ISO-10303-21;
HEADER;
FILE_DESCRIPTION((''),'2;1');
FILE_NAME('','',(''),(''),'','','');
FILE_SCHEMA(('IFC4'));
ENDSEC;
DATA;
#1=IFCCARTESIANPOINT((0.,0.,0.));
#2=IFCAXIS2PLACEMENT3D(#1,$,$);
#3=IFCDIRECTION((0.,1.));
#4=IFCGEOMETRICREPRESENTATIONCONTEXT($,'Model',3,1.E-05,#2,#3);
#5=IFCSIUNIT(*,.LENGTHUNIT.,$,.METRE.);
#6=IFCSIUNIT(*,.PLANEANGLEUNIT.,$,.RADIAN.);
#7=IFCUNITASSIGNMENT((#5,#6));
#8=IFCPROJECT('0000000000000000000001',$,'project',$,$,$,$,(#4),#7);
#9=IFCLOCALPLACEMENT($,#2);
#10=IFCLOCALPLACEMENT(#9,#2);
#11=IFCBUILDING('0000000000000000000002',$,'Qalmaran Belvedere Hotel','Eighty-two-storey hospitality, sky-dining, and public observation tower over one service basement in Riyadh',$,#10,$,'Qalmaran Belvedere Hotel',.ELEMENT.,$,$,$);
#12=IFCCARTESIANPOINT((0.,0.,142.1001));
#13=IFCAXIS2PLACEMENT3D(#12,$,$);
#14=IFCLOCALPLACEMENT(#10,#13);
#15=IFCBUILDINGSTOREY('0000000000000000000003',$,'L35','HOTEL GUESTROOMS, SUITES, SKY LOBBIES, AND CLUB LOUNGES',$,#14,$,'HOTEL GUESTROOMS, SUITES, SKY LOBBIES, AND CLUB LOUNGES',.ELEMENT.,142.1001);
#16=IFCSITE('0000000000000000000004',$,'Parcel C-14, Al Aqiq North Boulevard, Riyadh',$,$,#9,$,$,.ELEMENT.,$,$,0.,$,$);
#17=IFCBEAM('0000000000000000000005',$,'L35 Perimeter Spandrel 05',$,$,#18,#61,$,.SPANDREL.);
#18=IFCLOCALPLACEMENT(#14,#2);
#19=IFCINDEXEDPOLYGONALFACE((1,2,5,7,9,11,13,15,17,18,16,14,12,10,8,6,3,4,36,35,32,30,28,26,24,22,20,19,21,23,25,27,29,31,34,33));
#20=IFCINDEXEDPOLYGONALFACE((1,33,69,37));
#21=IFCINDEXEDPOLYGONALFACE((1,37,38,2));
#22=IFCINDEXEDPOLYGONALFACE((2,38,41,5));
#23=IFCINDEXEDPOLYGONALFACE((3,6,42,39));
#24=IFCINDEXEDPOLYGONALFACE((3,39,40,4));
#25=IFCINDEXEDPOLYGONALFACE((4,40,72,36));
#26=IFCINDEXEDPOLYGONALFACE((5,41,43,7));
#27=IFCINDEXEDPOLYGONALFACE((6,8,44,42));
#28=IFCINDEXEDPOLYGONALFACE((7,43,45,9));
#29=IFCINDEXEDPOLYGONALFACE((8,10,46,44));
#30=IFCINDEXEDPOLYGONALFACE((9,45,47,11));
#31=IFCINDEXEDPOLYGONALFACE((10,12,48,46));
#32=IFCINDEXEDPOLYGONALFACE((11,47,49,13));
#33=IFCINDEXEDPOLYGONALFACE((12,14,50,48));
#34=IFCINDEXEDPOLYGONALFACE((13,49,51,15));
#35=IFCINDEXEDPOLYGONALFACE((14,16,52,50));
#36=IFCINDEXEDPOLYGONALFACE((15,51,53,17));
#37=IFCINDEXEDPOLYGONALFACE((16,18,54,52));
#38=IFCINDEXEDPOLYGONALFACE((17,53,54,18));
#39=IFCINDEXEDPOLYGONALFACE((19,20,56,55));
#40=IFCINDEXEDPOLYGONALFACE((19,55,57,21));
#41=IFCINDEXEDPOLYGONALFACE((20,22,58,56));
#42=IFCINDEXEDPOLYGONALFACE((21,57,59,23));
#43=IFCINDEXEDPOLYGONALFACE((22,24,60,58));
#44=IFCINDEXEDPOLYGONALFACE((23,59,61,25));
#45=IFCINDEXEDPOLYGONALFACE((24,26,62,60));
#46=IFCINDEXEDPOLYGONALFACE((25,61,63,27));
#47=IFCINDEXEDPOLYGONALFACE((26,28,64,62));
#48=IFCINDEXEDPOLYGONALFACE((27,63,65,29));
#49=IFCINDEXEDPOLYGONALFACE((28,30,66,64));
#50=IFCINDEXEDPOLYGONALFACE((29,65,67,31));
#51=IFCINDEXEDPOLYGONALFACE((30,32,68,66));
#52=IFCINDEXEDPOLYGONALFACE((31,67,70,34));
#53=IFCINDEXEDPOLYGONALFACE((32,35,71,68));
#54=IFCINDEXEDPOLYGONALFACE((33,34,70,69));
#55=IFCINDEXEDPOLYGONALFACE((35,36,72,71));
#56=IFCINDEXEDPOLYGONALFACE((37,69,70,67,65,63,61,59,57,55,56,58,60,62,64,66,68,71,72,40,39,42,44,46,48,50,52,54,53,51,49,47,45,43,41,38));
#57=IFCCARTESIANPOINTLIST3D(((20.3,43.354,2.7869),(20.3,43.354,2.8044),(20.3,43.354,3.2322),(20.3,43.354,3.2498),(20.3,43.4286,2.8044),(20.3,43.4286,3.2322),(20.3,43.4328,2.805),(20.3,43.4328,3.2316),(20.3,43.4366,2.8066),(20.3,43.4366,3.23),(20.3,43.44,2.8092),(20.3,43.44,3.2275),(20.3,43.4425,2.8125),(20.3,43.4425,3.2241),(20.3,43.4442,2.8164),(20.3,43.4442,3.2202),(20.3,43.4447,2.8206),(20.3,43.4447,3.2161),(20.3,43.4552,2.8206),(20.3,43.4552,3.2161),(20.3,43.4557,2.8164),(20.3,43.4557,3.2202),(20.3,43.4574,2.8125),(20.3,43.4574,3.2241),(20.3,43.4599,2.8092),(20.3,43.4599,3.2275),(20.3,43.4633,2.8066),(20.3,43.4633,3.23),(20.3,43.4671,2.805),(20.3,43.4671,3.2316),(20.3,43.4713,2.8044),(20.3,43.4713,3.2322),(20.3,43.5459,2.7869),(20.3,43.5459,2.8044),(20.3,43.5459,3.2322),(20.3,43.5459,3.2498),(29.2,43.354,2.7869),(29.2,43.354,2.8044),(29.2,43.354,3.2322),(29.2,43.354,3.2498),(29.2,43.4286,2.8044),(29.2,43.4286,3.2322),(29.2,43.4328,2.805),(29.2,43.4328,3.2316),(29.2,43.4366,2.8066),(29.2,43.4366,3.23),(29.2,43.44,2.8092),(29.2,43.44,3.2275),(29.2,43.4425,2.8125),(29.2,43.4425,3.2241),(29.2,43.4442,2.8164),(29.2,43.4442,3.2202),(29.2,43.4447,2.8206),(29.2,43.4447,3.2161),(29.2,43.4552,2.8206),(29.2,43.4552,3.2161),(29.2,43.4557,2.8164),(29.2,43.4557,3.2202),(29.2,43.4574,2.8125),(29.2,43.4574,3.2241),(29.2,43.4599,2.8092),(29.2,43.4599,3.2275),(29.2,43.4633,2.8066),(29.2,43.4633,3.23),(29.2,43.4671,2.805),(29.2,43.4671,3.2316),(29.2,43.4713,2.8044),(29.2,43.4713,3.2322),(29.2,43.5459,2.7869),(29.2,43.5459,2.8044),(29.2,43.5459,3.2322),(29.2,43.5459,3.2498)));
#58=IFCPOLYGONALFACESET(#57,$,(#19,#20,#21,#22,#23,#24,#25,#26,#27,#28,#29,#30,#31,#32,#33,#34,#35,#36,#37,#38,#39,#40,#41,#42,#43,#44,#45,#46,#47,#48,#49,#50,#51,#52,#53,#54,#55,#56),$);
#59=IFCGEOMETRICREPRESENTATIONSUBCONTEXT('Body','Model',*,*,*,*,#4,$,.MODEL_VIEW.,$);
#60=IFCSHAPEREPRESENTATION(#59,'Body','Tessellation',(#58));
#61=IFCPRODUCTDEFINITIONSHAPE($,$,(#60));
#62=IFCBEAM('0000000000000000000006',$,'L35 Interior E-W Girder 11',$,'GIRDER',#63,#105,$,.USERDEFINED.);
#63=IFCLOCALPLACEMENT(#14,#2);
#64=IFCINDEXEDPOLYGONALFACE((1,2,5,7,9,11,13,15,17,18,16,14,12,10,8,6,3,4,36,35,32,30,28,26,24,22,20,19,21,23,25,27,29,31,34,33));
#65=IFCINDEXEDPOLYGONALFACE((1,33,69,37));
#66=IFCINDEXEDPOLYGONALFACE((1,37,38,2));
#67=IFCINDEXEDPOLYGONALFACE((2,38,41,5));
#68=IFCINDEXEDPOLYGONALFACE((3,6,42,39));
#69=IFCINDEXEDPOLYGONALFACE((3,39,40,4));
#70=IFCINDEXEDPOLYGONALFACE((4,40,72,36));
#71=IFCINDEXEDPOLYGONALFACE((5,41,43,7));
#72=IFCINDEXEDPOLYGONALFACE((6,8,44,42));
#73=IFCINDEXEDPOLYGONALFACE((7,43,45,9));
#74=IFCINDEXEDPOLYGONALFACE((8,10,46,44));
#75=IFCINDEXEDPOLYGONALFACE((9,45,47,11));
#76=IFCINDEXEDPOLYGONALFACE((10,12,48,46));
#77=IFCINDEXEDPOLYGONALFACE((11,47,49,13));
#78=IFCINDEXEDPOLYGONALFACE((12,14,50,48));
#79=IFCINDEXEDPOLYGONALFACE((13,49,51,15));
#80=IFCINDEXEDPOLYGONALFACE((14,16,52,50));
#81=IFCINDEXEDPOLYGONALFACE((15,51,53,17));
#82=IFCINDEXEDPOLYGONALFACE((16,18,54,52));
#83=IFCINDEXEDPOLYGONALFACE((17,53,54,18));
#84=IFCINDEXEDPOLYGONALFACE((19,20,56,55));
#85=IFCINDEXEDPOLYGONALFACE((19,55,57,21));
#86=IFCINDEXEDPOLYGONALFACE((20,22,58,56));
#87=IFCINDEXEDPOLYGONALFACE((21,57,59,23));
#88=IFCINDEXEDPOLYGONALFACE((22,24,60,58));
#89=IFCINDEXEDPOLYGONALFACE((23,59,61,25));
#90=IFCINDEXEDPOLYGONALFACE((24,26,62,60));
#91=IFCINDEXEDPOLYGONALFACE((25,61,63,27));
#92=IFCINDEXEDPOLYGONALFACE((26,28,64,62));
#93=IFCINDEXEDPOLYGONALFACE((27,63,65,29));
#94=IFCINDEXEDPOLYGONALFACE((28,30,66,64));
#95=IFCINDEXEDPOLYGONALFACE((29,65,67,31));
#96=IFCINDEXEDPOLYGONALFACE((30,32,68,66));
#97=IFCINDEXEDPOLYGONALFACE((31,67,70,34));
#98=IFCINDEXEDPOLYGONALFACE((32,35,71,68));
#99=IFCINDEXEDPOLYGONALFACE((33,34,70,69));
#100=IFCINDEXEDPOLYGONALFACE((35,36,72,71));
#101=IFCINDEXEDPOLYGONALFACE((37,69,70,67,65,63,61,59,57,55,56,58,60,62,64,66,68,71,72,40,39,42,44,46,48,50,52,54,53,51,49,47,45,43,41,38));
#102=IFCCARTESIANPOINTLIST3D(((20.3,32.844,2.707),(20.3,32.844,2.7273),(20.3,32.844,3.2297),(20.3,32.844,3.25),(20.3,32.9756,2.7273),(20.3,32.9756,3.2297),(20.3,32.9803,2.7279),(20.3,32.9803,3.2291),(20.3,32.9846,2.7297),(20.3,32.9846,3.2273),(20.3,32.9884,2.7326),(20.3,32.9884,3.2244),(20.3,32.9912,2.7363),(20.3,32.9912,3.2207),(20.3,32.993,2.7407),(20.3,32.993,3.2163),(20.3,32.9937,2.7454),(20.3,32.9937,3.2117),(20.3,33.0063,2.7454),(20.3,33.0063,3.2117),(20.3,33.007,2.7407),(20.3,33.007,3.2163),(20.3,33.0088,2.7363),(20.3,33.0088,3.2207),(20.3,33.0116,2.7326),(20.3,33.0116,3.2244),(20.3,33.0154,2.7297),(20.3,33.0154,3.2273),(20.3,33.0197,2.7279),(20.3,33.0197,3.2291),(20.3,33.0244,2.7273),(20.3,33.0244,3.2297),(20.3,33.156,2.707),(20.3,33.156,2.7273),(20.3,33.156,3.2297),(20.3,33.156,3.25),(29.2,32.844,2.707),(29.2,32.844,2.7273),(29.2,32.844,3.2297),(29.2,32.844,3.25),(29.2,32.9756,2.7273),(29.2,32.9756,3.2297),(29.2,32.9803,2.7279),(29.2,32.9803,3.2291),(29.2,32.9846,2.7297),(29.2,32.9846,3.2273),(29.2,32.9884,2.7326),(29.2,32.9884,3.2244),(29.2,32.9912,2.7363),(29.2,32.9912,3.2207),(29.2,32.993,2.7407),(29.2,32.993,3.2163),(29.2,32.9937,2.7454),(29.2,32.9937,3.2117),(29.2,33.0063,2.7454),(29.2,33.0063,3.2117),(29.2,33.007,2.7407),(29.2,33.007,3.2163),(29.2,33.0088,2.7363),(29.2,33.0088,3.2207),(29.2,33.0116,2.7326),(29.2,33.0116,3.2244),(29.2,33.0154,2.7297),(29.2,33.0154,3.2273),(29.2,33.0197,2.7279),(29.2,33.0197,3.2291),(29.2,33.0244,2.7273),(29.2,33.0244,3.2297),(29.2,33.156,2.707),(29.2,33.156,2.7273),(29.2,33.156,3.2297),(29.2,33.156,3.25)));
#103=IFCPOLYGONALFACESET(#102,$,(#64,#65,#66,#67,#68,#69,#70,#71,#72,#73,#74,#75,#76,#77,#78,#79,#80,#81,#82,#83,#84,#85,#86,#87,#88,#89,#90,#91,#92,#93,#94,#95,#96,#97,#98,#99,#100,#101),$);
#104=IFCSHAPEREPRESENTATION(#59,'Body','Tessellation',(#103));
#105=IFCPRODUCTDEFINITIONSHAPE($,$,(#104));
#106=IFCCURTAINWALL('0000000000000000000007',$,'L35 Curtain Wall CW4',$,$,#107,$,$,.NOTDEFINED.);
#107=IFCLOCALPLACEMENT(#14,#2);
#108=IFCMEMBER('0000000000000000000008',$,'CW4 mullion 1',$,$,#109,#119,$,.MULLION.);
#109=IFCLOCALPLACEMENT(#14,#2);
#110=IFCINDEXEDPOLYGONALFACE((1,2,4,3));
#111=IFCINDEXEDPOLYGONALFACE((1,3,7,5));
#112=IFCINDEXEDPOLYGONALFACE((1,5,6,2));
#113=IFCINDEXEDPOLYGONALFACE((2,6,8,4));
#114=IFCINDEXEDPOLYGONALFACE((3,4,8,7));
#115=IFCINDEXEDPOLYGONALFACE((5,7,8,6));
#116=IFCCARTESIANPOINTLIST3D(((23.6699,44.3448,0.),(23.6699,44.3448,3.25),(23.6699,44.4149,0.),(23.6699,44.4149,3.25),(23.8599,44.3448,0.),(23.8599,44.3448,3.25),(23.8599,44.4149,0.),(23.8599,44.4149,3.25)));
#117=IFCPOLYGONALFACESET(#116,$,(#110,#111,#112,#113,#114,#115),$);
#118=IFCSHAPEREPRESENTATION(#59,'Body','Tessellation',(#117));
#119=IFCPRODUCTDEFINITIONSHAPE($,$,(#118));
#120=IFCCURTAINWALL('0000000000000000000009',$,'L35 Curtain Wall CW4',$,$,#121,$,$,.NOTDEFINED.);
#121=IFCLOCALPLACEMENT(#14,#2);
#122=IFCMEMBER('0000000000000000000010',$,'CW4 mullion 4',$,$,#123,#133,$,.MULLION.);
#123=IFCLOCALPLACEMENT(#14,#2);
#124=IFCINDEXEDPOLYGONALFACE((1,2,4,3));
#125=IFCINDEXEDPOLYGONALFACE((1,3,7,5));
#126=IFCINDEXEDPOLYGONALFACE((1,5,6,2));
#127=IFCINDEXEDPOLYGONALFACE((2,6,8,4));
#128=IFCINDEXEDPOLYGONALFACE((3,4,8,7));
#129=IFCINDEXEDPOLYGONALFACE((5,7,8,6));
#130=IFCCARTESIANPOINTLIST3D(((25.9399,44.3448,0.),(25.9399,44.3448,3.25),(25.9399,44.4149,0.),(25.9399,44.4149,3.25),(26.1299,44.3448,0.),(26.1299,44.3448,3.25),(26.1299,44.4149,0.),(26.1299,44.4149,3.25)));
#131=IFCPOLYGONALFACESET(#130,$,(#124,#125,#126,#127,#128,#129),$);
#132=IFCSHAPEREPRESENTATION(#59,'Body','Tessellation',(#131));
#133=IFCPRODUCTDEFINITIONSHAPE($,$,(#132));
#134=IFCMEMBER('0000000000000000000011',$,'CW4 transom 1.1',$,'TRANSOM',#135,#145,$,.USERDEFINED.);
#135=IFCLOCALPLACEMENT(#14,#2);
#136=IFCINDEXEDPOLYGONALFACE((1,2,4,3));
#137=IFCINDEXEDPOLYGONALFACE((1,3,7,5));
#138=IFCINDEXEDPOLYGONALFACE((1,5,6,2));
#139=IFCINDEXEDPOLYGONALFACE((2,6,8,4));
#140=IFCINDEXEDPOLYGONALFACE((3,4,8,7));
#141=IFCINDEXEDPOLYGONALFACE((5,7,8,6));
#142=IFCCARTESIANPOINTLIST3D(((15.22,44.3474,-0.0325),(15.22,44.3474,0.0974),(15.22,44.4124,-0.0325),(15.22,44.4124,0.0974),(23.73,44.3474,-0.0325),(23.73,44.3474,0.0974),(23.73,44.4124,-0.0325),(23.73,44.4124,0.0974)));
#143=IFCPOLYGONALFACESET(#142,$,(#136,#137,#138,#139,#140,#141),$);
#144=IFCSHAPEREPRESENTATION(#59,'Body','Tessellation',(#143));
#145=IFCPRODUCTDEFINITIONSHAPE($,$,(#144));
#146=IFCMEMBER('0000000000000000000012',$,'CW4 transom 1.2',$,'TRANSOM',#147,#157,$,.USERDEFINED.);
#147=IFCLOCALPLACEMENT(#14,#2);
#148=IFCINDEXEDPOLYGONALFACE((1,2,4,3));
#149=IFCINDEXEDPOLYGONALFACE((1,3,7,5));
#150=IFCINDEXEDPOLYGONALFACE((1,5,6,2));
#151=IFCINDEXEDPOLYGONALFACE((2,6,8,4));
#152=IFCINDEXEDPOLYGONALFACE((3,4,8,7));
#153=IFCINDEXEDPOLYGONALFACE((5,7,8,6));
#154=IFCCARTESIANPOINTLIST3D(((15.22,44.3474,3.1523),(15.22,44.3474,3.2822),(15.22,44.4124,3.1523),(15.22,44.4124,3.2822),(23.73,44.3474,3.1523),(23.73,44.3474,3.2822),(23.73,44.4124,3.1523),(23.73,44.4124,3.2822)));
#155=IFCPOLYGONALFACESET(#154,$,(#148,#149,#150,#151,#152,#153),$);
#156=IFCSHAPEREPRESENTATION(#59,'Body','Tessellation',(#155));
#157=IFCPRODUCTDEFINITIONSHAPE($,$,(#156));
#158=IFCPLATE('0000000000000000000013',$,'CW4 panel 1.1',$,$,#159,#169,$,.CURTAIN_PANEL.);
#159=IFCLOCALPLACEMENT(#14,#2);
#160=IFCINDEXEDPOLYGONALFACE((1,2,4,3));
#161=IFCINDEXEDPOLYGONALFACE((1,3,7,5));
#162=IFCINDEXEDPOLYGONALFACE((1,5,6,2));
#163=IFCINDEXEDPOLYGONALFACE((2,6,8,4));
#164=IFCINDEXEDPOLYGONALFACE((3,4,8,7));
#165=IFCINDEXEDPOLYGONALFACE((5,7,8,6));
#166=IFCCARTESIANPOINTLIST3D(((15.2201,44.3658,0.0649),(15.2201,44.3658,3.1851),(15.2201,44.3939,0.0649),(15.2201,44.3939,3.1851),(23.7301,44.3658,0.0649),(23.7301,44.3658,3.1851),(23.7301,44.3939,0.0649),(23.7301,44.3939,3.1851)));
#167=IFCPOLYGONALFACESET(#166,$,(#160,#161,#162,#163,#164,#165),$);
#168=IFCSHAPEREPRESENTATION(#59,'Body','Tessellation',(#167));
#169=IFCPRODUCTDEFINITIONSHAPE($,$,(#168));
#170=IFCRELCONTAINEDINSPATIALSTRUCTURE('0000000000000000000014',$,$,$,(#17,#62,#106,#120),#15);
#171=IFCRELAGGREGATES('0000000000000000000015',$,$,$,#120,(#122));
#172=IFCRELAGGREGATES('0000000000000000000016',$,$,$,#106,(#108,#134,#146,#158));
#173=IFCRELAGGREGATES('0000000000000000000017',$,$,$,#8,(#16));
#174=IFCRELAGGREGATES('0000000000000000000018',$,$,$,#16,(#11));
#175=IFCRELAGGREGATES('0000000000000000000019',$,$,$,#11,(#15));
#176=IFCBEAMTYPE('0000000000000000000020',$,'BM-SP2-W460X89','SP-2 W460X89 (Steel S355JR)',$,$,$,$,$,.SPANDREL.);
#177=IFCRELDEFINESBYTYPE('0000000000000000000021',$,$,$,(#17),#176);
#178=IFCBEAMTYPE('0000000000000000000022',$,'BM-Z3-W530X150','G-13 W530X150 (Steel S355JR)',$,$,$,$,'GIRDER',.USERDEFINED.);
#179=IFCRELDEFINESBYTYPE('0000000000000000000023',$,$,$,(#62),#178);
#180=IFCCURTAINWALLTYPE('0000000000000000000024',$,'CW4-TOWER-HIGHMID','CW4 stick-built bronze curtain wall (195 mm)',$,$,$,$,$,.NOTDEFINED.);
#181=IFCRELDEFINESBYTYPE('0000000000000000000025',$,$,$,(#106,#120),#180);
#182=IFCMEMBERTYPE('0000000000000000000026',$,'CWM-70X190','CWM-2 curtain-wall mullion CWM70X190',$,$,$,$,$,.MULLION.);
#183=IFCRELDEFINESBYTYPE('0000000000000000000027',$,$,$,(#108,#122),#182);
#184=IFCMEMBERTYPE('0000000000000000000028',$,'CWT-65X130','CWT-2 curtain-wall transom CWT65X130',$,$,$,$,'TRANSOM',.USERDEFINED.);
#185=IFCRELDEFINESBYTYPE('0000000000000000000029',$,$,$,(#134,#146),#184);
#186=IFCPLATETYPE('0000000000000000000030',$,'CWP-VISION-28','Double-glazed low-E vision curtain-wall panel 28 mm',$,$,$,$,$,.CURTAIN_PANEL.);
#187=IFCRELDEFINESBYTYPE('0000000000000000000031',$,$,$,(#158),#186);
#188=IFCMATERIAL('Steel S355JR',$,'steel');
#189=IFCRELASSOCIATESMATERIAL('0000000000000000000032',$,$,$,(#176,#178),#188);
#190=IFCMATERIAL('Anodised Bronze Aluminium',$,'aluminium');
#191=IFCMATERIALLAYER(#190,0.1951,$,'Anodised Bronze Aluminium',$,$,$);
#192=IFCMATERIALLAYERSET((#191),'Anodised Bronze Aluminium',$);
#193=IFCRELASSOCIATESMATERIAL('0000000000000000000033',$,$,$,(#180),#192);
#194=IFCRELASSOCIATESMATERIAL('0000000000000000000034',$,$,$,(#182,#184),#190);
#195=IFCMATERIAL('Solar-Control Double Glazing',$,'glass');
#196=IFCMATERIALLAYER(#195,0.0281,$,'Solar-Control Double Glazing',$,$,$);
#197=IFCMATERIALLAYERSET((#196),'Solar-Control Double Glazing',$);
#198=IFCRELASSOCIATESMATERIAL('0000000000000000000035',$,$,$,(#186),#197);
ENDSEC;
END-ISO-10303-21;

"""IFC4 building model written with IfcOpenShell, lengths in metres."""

from ifc_helpers import new_model, si_unit, direction, frame, origin, origin_2d, place, context, subcontext, project, spatial, rectangle, i_section, extrude, material, layer, layer_set, material_profile, profile_set, type_object, element, aggregate, save


model = new_model("IFC4")

# Units and contexts
model_context = context("Model", 3, precision=1e-05, world=origin(), true_north=direction((0.0, 1.0)))
body_context = subcontext(model_context, "Body", "Model", "MODEL_VIEW")
ifc_project = project(units=[si_unit("LENGTHUNIT", "METRE"), si_unit("PLANEANGLEUNIT", "RADIAN")], contexts=[model_context])

# Site, building, storey
site_placement = place(None, origin())
site = spatial("IfcSite", under=ifc_project, at=site_placement, Name="Parcel C-14, Al Aqiq North Boulevard, Riyadh", CompositionType="ELEMENT", RefElevation=0.0)
building_placement = place(site_placement, origin())
building = spatial("IfcBuilding", under=site, at=building_placement, Name="Qalmaran Belvedere Hotel", Description="Eighty-two-storey hospitality, sky-dining, and public observation tower over one service basement in Riyadh", LongName="Qalmaran Belvedere Hotel", CompositionType="ELEMENT")
storey_placement = place(building_placement, frame((0.0, 0.0, 142.1001)))
storey = spatial("IfcBuildingStorey", under=building, at=storey_placement, Name="L35", Description="HOTEL GUESTROOMS, SUITES, SKY LOBBIES, AND CLUB LOUNGES", LongName="HOTEL GUESTROOMS, SUITES, SKY LOBBIES, AND CLUB LOUNGES", CompositionType="ELEMENT", Elevation=142.1001)

# Beams
ifc_material_1 = material(Name="Steel S355JR", Category="steel")
ifc_material_profile_1 = material_profile(ifc_material_1, i_section(OverallWidth=0.1919, OverallDepth=0.4629, WebThickness=0.0105, FlangeThickness=0.0176, FilletRadius=0.0161, at=origin_2d()), Name="W460X89")
ifc_profile_set_1 = profile_set([ifc_material_profile_1], Name="Steel S355JR")
beam_type_1 = type_object("IfcBeamType", Name="BM-SP2-W460X89", Description="SP-2 W460X89 (Steel S355JR)", PredefinedType="SPANDREL", material=ifc_profile_set_1)
beam_1_placement = place(storey_placement, frame((20.3, 43.45, 3.0183), z_axis=(1.0, 0.0, 0.0), x_axis=(0.0, 1.0, 0.0)))
element("IfcBeam", 1, at=beam_1_placement, inside=storey, type_object=beam_type_1, Name="L35 Perimeter Spandrel 05", PredefinedType="SPANDREL", context=body_context, shape_type="SweptSolid", body=[
    extrude(i_section(OverallWidth=0.1919, OverallDepth=0.4629, WebThickness=0.0105, FlangeThickness=0.0176, FilletRadius=0.0161, at=origin_2d()), origin(), (0.0, 0.0, 1.0), 8.8999),
])
ifc_material_profile_2 = material_profile(ifc_material_1, i_section(OverallWidth=0.312, OverallDepth=0.543, WebThickness=0.0127, FlangeThickness=0.0203, FilletRadius=0.0181, at=origin_2d()), Name="W530X150")
ifc_profile_set_2 = profile_set([ifc_material_profile_2], Name="Steel S355JR")
beam_type_2 = type_object("IfcBeamType", Name="BM-Z3-W530X150", Description="G-13 W530X150 (Steel S355JR)", ElementType="GIRDER", PredefinedType="USERDEFINED", material=ifc_profile_set_2)
beam_2_placement = place(storey_placement, frame((20.3, 33.0, 2.9785), z_axis=(1.0, 0.0, 0.0), x_axis=(0.0, 1.0, 0.0)))
element("IfcBeam", 2, at=beam_2_placement, inside=storey, type_object=beam_type_2, Name="L35 Interior E-W Girder 11", ObjectType="GIRDER", PredefinedType="USERDEFINED", context=body_context, shape_type="SweptSolid", body=[
    extrude(i_section(OverallWidth=0.312, OverallDepth=0.543, WebThickness=0.0127, FlangeThickness=0.0203, FilletRadius=0.0181, at=origin_2d()), origin(), (0.0, 0.0, 1.0), 8.8999),
])

# Curtain walls, members
ifc_material_2 = material(Name="Anodised Bronze Aluminium", Category="aluminium")
ifc_layer_1 = layer(ifc_material_2, 0.1951, Name="Anodised Bronze Aluminium")
ifc_layer_set_1 = layer_set([ifc_layer_1], Name="Anodised Bronze Aluminium")
curtain_wall_type = type_object("IfcCurtainWallType", Name="CW4-TOWER-HIGHMID", Description="CW4 stick-built bronze curtain wall (195 mm)", PredefinedType="NOTDEFINED", material=ifc_layer_set_1)
curtain_wall_1_placement = place(storey_placement, origin())
curtain_wall_1 = element("IfcCurtainWall", 3, at=curtain_wall_1_placement, inside=storey, type_object=curtain_wall_type, Name="L35 Curtain Wall CW4", PredefinedType="NOTDEFINED")
ifc_material_profile_3 = material_profile(ifc_material_2, rectangle(XDim=0.0701, YDim=0.1899, at=origin_2d()), Name="CWM70X190")
ifc_profile_set_3 = profile_set([ifc_material_profile_3], Name="Anodised Bronze Aluminium")
member_type_1 = type_object("IfcMemberType", Name="CWM-70X190", Description="CWM-2 curtain-wall mullion CWM70X190", PredefinedType="MULLION", material=ifc_profile_set_3)
member_1_placement = place(storey_placement, frame((23.7649, 44.3799, 0.0), z_axis=(0.0, 0.0, 1.0), x_axis=(0.0, -1.0, 0.0)))
member_1 = element("IfcMember", 4, at=member_1_placement, type_object=member_type_1, Name="CW4 mullion 1", PredefinedType="MULLION", context=body_context, shape_type="SweptSolid", body=[
    extrude(rectangle(XDim=0.0701, YDim=0.1899, at=origin_2d()), origin(), (0.0, 0.0, 1.0), 3.25),
])
curtain_wall_2_placement = place(storey_placement, origin())
curtain_wall_2 = element("IfcCurtainWall", 5, at=curtain_wall_2_placement, inside=storey, type_object=curtain_wall_type, Name="L35 Curtain Wall CW4", PredefinedType="NOTDEFINED")
member_2_placement = place(storey_placement, frame((26.0349, 44.3799, 0.0), z_axis=(0.0, 0.0, 1.0), x_axis=(0.0, -1.0, 0.0)))
member_2 = element("IfcMember", 6, at=member_2_placement, type_object=member_type_1, Name="CW4 mullion 4", PredefinedType="MULLION", context=body_context, shape_type="SweptSolid", body=[
    extrude(rectangle(XDim=0.0701, YDim=0.1899, at=origin_2d()), origin(), (0.0, 0.0, 1.0), 3.25),
])
aggregate(curtain_wall_2, [member_2])

# Members
ifc_material_profile_4 = material_profile(ifc_material_2, rectangle(XDim=0.0649, YDim=0.1299, at=origin_2d()), Name="CWT65X130")
ifc_profile_set_4 = profile_set([ifc_material_profile_4], Name="Anodised Bronze Aluminium")
member_type_2 = type_object("IfcMemberType", Name="CWT-65X130", Description="CWT-2 curtain-wall transom CWT65X130", ElementType="TRANSOM", PredefinedType="USERDEFINED", material=ifc_profile_set_4)
member_3_placement = place(storey_placement, frame((23.73, 44.3799, 0.0325), z_axis=(-1.0, 0.0, 0.0), x_axis=(0.0, -1.0, 0.0)))
member_3 = element("IfcMember", 7, at=member_3_placement, type_object=member_type_2, Name="CW4 transom 1.1", ObjectType="TRANSOM", PredefinedType="USERDEFINED", context=body_context, shape_type="SweptSolid", body=[
    extrude(rectangle(XDim=0.0649, YDim=0.1299, at=origin_2d()), origin(), (0.0, 0.0, 1.0), 8.51),
])
member_4_placement = place(storey_placement, frame((23.73, 44.3799, 3.2173), z_axis=(-1.0, 0.0, 0.0), x_axis=(0.0, -1.0, 0.0)))
member_4 = element("IfcMember", 8, at=member_4_placement, type_object=member_type_2, Name="CW4 transom 1.2", ObjectType="TRANSOM", PredefinedType="USERDEFINED", context=body_context, shape_type="SweptSolid", body=[
    extrude(rectangle(XDim=0.0649, YDim=0.1299, at=origin_2d()), origin(), (0.0, 0.0, 1.0), 8.51),
])

# Plate
ifc_material_3 = material(Name="Solar-Control Double Glazing", Category="glass")
ifc_layer_2 = layer(ifc_material_3, 0.0281, Name="Solar-Control Double Glazing")
ifc_layer_set_2 = layer_set([ifc_layer_2], Name="Solar-Control Double Glazing")
plate_type = type_object("IfcPlateType", Name="CWP-VISION-28", Description="Double-glazed low-E vision curtain-wall panel 28 mm", PredefinedType="CURTAIN_PANEL", material=ifc_layer_set_2)
plate_placement = place(storey_placement, frame((19.4751, 44.3799, 0.0649), z_axis=(0.0, 0.0, 1.0), x_axis=(-1.0, 0.0, 0.0)))
plate = element("IfcPlate", 9, at=plate_placement, type_object=plate_type, Name="CW4 panel 1.1", PredefinedType="CURTAIN_PANEL", context=body_context, shape_type="SweptSolid", body=[
    extrude(rectangle(XDim=8.51, YDim=0.0281, at=origin_2d()), origin(), (0.0, 0.0, 1.0), 3.1201),
])
aggregate(curtain_wall_1, [member_1, member_3, member_4, plate])

save(model, "model.ifc")
